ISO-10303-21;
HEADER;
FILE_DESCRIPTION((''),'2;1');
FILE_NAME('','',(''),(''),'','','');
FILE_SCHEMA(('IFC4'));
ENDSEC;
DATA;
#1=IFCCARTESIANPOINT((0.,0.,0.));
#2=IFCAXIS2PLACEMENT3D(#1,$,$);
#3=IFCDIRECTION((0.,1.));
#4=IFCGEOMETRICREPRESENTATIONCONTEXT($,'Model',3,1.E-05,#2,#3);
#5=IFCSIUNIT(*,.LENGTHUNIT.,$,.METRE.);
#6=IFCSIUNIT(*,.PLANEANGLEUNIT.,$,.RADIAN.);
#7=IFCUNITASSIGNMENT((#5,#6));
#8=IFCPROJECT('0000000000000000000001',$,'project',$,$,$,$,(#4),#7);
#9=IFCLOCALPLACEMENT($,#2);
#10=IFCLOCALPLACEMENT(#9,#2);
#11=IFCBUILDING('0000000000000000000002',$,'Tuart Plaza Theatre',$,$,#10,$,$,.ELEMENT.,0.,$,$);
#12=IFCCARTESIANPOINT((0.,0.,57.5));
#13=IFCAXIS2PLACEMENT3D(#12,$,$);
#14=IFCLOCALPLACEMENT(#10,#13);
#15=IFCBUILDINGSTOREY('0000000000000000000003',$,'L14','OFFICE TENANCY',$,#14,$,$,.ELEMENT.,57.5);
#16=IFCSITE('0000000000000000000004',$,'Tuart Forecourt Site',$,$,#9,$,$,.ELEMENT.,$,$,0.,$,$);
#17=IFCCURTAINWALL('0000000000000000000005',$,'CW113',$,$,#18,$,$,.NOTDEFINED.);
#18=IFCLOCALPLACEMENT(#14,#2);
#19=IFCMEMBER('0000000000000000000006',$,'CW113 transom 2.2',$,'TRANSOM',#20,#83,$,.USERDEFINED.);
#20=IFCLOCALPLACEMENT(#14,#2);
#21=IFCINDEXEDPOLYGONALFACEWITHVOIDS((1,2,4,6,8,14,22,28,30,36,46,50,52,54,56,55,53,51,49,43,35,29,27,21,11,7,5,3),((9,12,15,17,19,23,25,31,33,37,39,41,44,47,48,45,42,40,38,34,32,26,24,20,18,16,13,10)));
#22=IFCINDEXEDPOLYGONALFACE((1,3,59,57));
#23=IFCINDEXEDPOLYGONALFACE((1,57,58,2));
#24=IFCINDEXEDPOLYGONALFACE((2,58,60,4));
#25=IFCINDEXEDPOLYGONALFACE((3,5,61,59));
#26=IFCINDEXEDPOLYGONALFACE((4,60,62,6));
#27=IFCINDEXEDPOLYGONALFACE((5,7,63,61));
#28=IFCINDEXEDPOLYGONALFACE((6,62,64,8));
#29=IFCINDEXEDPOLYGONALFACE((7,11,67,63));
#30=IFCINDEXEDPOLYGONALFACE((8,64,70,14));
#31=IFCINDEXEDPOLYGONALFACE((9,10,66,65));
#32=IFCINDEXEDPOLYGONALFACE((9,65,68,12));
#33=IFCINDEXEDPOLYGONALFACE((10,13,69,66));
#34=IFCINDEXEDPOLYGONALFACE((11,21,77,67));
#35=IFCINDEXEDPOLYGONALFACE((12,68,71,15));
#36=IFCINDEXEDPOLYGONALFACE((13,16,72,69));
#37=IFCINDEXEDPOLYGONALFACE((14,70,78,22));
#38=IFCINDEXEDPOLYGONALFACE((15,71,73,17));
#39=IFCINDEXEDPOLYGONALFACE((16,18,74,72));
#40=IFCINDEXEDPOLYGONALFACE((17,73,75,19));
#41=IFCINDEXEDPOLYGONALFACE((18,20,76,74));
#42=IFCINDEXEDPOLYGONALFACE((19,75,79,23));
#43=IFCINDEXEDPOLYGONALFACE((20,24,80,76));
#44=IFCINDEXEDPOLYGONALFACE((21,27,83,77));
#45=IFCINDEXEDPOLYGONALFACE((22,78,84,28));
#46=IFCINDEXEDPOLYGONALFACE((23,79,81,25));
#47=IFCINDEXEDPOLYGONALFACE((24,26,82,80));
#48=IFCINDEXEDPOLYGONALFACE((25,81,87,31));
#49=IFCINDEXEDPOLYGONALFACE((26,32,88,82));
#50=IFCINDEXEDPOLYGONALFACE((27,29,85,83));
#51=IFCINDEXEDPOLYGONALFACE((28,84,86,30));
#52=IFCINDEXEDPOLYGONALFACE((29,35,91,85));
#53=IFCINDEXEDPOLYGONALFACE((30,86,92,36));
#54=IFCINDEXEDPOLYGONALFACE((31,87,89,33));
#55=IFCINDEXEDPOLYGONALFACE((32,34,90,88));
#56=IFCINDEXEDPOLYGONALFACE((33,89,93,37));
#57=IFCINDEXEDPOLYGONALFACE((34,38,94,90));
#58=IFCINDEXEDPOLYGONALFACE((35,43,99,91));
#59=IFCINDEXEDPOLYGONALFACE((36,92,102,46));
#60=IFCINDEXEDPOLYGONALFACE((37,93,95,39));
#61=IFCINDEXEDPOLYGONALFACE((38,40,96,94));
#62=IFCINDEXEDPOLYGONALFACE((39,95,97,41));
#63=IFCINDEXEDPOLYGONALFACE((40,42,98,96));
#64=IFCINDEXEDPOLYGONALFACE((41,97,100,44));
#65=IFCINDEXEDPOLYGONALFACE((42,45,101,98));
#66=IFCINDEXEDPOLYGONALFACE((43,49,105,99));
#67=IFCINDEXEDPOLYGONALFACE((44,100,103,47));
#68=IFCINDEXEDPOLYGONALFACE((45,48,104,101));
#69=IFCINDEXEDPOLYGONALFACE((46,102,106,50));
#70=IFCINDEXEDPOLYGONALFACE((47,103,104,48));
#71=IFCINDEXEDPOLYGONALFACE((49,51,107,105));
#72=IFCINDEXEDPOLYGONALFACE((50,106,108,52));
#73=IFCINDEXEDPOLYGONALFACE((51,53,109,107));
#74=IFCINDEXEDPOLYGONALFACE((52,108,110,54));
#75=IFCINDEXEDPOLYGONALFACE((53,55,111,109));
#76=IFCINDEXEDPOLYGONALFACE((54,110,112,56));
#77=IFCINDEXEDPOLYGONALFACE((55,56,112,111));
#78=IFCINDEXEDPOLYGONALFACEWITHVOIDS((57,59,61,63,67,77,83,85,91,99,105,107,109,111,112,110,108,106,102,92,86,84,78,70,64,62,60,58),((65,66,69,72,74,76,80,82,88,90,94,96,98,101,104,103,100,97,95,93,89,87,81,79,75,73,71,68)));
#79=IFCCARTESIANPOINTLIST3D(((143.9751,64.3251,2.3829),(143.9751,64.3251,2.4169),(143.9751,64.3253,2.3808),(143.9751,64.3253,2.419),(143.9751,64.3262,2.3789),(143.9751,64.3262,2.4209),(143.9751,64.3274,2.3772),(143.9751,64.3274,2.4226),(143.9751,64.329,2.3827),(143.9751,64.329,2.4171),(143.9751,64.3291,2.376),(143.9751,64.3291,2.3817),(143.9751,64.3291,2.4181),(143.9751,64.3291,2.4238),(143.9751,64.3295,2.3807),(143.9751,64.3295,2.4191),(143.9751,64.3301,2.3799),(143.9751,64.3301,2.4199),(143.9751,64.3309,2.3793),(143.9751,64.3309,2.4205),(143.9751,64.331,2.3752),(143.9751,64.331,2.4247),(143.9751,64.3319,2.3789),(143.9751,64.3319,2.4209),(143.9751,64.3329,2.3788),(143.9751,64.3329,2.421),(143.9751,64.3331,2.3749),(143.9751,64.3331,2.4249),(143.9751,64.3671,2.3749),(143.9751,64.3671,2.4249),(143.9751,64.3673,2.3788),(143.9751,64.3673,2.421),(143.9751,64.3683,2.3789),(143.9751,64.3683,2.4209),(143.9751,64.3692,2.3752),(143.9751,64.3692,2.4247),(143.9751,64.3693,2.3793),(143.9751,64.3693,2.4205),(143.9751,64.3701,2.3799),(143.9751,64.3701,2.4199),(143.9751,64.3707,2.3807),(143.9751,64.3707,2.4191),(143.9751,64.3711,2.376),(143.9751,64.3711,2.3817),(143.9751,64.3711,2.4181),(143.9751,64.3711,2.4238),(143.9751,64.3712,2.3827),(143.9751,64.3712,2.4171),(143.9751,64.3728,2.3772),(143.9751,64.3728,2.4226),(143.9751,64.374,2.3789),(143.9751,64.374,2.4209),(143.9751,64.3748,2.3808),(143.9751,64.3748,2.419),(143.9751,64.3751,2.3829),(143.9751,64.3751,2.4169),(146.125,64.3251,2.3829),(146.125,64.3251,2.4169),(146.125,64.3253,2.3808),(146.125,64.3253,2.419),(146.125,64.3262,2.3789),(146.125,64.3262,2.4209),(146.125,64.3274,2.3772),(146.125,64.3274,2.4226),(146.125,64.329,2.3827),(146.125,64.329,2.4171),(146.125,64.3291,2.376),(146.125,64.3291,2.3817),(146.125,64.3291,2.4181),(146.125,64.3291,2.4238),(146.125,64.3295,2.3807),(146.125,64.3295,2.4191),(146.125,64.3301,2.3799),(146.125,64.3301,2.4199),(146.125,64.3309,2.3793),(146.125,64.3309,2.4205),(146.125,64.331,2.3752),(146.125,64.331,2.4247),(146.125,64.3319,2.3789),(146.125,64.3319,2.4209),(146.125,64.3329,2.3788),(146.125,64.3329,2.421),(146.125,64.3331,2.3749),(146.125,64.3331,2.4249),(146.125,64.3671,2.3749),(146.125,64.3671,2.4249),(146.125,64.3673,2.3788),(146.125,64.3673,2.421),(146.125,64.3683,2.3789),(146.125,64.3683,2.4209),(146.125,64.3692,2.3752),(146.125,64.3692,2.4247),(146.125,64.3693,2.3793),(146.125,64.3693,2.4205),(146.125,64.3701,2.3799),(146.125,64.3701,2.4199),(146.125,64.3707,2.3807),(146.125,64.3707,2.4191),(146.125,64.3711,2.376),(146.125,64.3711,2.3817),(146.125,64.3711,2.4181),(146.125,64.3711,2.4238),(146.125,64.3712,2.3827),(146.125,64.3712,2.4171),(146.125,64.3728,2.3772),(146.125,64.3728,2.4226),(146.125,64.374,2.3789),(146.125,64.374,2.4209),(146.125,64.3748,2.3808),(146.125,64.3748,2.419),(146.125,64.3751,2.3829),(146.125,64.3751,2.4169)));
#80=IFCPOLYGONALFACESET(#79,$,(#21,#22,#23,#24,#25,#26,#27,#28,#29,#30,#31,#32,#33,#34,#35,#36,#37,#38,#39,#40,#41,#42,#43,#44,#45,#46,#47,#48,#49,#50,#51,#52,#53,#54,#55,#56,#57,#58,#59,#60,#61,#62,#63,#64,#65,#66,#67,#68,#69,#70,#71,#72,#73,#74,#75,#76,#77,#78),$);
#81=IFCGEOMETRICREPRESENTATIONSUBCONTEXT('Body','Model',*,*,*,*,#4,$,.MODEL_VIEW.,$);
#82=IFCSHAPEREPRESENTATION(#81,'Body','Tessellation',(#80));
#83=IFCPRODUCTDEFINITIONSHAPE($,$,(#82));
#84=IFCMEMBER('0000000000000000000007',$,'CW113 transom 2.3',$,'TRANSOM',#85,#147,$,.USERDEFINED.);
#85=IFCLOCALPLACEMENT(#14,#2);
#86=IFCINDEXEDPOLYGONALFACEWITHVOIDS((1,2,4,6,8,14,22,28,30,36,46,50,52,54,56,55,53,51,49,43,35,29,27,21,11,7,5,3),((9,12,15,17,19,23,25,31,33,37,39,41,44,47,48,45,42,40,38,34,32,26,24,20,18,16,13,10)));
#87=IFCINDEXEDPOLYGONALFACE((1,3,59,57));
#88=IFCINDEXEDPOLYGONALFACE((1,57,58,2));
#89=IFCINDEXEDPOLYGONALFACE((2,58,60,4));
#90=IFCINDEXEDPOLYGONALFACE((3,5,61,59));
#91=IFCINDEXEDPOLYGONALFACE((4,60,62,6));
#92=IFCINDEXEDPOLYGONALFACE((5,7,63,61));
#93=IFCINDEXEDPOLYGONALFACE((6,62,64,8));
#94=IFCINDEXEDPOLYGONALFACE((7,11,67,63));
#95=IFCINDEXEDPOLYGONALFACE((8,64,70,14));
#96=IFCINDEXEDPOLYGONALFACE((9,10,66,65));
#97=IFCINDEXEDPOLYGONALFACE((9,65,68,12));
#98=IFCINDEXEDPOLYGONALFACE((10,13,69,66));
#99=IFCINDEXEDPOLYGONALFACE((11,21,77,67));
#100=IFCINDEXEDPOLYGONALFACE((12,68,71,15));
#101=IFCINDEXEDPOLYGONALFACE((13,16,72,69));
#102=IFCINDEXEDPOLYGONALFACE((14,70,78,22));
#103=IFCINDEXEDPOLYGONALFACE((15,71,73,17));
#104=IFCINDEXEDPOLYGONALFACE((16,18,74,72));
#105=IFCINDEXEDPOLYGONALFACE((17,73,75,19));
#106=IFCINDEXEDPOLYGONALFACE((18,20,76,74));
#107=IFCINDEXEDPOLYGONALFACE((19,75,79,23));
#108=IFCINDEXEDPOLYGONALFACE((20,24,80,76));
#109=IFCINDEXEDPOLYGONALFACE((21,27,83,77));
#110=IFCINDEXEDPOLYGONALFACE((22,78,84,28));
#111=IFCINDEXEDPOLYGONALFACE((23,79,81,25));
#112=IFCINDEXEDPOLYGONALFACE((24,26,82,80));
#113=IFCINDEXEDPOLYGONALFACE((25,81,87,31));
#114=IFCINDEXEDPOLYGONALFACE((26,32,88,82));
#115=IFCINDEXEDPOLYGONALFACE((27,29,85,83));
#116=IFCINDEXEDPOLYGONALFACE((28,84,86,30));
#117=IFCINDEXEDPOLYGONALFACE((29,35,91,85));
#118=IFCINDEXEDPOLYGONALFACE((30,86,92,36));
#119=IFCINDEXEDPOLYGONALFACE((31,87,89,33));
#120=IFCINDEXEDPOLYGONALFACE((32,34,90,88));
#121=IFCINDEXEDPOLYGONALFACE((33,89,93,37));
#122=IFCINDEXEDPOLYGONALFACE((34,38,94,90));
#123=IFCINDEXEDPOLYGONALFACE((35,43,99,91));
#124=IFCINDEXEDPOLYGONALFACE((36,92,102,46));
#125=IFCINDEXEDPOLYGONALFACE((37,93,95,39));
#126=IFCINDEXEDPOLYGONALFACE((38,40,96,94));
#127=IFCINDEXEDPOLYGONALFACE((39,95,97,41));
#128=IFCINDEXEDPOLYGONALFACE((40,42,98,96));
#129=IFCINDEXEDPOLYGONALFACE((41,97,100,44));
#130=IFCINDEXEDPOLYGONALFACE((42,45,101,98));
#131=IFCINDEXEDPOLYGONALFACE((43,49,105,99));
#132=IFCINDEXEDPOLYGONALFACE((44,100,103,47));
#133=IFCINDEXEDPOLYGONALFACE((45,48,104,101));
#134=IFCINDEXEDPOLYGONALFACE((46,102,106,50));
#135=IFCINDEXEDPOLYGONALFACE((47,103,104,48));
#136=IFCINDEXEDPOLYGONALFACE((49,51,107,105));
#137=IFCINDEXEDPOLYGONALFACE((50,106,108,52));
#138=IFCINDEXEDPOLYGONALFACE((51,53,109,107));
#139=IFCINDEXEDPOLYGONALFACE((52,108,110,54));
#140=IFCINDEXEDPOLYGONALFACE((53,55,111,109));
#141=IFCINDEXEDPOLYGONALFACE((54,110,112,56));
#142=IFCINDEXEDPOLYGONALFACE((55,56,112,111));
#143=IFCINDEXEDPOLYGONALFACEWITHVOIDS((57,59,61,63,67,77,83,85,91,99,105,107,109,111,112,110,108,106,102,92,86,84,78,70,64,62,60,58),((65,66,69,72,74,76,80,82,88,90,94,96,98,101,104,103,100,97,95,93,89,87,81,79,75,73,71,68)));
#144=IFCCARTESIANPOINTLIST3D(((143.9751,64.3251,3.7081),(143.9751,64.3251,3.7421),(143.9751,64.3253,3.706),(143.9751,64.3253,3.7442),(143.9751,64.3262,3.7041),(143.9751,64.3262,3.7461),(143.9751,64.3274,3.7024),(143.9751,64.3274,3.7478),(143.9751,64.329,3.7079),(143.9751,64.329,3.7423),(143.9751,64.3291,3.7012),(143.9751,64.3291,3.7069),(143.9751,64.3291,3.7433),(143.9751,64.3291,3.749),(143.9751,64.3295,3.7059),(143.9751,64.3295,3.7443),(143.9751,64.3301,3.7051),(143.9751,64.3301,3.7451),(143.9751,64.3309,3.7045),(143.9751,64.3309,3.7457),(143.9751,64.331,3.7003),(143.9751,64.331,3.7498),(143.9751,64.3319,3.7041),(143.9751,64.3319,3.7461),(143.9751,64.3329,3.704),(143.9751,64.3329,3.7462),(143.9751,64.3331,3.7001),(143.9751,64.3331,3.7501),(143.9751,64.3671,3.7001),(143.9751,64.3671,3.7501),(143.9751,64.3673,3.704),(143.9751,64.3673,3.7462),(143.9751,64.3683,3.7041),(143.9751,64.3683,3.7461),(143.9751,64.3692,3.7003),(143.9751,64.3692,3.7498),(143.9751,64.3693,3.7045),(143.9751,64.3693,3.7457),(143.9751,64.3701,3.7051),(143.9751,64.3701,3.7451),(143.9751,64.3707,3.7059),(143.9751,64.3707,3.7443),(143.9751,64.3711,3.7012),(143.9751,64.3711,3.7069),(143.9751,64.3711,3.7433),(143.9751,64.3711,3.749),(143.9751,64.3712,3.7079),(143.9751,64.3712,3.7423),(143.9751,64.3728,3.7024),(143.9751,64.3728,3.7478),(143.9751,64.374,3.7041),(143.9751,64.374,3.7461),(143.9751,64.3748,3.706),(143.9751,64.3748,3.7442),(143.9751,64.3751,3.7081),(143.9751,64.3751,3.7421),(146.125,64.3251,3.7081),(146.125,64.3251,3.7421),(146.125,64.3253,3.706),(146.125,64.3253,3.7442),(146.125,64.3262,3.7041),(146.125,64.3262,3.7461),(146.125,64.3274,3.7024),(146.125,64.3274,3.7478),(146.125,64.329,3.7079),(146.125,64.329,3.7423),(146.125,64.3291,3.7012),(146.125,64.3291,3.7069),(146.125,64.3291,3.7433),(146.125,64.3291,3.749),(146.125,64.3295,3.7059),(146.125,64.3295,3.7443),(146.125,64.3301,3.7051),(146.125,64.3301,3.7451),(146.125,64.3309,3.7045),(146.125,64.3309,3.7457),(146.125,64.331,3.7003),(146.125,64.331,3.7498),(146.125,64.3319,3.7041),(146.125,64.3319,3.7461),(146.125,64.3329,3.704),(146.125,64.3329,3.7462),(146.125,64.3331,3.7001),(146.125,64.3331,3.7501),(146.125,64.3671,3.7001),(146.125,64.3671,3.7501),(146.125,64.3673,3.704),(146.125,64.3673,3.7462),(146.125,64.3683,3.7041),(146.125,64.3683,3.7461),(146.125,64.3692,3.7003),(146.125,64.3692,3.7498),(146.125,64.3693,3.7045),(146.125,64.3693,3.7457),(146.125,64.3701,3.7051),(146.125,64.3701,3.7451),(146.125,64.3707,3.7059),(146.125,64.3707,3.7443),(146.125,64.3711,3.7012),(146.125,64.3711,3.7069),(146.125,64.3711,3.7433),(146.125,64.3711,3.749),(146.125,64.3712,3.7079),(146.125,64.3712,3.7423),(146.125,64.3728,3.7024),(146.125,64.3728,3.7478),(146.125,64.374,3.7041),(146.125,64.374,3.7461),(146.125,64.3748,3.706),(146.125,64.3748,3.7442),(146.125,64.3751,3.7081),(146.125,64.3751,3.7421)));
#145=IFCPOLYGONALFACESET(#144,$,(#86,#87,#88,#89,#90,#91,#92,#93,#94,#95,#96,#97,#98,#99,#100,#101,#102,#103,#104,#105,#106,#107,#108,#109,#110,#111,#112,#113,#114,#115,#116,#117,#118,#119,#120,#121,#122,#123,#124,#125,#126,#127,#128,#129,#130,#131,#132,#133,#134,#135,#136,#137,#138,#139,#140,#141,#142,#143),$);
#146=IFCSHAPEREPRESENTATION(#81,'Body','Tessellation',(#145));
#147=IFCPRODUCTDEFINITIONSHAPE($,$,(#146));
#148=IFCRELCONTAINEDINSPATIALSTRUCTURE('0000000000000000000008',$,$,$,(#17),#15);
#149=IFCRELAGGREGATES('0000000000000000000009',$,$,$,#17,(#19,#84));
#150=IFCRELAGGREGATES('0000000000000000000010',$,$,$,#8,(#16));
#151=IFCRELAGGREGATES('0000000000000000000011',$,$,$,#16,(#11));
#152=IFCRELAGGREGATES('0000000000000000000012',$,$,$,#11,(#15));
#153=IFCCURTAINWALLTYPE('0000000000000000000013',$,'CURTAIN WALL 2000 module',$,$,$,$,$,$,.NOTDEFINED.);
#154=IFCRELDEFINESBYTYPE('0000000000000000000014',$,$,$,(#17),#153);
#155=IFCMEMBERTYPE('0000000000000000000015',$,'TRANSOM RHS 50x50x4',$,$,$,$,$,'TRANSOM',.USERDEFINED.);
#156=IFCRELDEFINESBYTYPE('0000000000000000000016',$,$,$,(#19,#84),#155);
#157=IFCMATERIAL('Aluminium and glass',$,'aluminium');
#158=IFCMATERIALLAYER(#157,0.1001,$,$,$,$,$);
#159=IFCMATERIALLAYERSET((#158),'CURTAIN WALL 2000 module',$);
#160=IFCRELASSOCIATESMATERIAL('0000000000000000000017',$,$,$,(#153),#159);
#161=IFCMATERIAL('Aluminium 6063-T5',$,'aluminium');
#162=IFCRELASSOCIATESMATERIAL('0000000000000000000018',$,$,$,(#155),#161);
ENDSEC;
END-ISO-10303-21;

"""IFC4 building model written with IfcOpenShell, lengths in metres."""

from ifc_helpers import new_model, si_unit, direction, frame, origin, origin_2d, place, context, subcontext, project, spatial, hollow_rectangle, extrude, material, layer, layer_set, material_profile, profile_set, type_object, element, aggregate, save


model = new_model("IFC4")

# Units and contexts
model_context = context("Model", 3, precision=1e-05, world=origin(), true_north=direction((0.0, 1.0)))
body_context = subcontext(model_context, "Body", "Model", "MODEL_VIEW")
ifc_project = project(units=[si_unit("LENGTHUNIT", "METRE"), si_unit("PLANEANGLEUNIT", "RADIAN")], contexts=[model_context])

# Site, building, storey
site_placement = place(None, origin())
site = spatial("IfcSite", under=ifc_project, at=site_placement, Name="Tuart Forecourt Site", CompositionType="ELEMENT", RefElevation=0.0)
building_placement = place(site_placement, origin())
building = spatial("IfcBuilding", under=site, at=building_placement, Name="Tuart Plaza Theatre", CompositionType="ELEMENT", ElevationOfRefHeight=0.0)
storey_placement = place(building_placement, frame((0.0, 0.0, 57.5)))
storey = spatial("IfcBuildingStorey", under=building, at=storey_placement, Name="L14", Description="OFFICE TENANCY", CompositionType="ELEMENT", Elevation=57.5)

# Curtain wall, members
ifc_material_1 = material(Name="Aluminium and glass", Category="aluminium")
ifc_layer_1 = layer(ifc_material_1, 0.1001)
ifc_layer_set_1 = layer_set([ifc_layer_1], Name="CURTAIN WALL 2000 module")
curtain_wall_type = type_object("IfcCurtainWallType", Name="CURTAIN WALL 2000 module", PredefinedType="NOTDEFINED", material=ifc_layer_set_1)
curtain_wall_placement = place(storey_placement, origin())
curtain_wall = element("IfcCurtainWall", 1, at=curtain_wall_placement, inside=storey, type_object=curtain_wall_type, Name="CW113", PredefinedType="NOTDEFINED")
ifc_material_2 = material(Name="Aluminium 6063-T5", Category="aluminium")
ifc_material_profile_1 = material_profile(ifc_material_2, hollow_rectangle(XDim=0.05, YDim=0.05, WallThickness=0.0039, InnerFilletRadius=0.0039, OuterFilletRadius=0.0081, at=origin_2d()), Name="RHS 50x50x4")
ifc_profile_set_1 = profile_set([ifc_material_profile_1], Name="Aluminium 6063-T5")
member_type_1 = type_object("IfcMemberType", Name="TRANSOM RHS 50x50x4", ElementType="TRANSOM", PredefinedType="USERDEFINED", material=ifc_profile_set_1)
member_1_placement = place(storey_placement, frame((143.9751, 64.3501, 2.3999), z_axis=(1.0, 0.0, 0.0), x_axis=(0.0, 1.0, 0.0)))
member_1 = element("IfcMember", 2, at=member_1_placement, type_object=member_type_1, Name="CW113 transom 2.2", ObjectType="TRANSOM", PredefinedType="USERDEFINED", context=body_context, shape_type="SweptSolid", body=[
    extrude(hollow_rectangle(XDim=0.05, YDim=0.05, WallThickness=0.0039, InnerFilletRadius=0.0039, OuterFilletRadius=0.0081, at=origin_2d()), origin(), (0.0, 0.0, 1.0), 2.1499),
])
member_2_placement = place(storey_placement, frame((143.9751, 64.3501, 3.7251), z_axis=(1.0, 0.0, 0.0), x_axis=(0.0, 1.0, 0.0)))
member_2 = element("IfcMember", 3, at=member_2_placement, type_object=member_type_1, Name="CW113 transom 2.3", ObjectType="TRANSOM", PredefinedType="USERDEFINED", context=body_context, shape_type="SweptSolid", body=[
    extrude(hollow_rectangle(XDim=0.05, YDim=0.05, WallThickness=0.0039, InnerFilletRadius=0.0039, OuterFilletRadius=0.0081, at=origin_2d()), origin(), (0.0, 0.0, 1.0), 2.1499),
])
aggregate(curtain_wall, [member_1, member_2])

save(model, "model.ifc")
